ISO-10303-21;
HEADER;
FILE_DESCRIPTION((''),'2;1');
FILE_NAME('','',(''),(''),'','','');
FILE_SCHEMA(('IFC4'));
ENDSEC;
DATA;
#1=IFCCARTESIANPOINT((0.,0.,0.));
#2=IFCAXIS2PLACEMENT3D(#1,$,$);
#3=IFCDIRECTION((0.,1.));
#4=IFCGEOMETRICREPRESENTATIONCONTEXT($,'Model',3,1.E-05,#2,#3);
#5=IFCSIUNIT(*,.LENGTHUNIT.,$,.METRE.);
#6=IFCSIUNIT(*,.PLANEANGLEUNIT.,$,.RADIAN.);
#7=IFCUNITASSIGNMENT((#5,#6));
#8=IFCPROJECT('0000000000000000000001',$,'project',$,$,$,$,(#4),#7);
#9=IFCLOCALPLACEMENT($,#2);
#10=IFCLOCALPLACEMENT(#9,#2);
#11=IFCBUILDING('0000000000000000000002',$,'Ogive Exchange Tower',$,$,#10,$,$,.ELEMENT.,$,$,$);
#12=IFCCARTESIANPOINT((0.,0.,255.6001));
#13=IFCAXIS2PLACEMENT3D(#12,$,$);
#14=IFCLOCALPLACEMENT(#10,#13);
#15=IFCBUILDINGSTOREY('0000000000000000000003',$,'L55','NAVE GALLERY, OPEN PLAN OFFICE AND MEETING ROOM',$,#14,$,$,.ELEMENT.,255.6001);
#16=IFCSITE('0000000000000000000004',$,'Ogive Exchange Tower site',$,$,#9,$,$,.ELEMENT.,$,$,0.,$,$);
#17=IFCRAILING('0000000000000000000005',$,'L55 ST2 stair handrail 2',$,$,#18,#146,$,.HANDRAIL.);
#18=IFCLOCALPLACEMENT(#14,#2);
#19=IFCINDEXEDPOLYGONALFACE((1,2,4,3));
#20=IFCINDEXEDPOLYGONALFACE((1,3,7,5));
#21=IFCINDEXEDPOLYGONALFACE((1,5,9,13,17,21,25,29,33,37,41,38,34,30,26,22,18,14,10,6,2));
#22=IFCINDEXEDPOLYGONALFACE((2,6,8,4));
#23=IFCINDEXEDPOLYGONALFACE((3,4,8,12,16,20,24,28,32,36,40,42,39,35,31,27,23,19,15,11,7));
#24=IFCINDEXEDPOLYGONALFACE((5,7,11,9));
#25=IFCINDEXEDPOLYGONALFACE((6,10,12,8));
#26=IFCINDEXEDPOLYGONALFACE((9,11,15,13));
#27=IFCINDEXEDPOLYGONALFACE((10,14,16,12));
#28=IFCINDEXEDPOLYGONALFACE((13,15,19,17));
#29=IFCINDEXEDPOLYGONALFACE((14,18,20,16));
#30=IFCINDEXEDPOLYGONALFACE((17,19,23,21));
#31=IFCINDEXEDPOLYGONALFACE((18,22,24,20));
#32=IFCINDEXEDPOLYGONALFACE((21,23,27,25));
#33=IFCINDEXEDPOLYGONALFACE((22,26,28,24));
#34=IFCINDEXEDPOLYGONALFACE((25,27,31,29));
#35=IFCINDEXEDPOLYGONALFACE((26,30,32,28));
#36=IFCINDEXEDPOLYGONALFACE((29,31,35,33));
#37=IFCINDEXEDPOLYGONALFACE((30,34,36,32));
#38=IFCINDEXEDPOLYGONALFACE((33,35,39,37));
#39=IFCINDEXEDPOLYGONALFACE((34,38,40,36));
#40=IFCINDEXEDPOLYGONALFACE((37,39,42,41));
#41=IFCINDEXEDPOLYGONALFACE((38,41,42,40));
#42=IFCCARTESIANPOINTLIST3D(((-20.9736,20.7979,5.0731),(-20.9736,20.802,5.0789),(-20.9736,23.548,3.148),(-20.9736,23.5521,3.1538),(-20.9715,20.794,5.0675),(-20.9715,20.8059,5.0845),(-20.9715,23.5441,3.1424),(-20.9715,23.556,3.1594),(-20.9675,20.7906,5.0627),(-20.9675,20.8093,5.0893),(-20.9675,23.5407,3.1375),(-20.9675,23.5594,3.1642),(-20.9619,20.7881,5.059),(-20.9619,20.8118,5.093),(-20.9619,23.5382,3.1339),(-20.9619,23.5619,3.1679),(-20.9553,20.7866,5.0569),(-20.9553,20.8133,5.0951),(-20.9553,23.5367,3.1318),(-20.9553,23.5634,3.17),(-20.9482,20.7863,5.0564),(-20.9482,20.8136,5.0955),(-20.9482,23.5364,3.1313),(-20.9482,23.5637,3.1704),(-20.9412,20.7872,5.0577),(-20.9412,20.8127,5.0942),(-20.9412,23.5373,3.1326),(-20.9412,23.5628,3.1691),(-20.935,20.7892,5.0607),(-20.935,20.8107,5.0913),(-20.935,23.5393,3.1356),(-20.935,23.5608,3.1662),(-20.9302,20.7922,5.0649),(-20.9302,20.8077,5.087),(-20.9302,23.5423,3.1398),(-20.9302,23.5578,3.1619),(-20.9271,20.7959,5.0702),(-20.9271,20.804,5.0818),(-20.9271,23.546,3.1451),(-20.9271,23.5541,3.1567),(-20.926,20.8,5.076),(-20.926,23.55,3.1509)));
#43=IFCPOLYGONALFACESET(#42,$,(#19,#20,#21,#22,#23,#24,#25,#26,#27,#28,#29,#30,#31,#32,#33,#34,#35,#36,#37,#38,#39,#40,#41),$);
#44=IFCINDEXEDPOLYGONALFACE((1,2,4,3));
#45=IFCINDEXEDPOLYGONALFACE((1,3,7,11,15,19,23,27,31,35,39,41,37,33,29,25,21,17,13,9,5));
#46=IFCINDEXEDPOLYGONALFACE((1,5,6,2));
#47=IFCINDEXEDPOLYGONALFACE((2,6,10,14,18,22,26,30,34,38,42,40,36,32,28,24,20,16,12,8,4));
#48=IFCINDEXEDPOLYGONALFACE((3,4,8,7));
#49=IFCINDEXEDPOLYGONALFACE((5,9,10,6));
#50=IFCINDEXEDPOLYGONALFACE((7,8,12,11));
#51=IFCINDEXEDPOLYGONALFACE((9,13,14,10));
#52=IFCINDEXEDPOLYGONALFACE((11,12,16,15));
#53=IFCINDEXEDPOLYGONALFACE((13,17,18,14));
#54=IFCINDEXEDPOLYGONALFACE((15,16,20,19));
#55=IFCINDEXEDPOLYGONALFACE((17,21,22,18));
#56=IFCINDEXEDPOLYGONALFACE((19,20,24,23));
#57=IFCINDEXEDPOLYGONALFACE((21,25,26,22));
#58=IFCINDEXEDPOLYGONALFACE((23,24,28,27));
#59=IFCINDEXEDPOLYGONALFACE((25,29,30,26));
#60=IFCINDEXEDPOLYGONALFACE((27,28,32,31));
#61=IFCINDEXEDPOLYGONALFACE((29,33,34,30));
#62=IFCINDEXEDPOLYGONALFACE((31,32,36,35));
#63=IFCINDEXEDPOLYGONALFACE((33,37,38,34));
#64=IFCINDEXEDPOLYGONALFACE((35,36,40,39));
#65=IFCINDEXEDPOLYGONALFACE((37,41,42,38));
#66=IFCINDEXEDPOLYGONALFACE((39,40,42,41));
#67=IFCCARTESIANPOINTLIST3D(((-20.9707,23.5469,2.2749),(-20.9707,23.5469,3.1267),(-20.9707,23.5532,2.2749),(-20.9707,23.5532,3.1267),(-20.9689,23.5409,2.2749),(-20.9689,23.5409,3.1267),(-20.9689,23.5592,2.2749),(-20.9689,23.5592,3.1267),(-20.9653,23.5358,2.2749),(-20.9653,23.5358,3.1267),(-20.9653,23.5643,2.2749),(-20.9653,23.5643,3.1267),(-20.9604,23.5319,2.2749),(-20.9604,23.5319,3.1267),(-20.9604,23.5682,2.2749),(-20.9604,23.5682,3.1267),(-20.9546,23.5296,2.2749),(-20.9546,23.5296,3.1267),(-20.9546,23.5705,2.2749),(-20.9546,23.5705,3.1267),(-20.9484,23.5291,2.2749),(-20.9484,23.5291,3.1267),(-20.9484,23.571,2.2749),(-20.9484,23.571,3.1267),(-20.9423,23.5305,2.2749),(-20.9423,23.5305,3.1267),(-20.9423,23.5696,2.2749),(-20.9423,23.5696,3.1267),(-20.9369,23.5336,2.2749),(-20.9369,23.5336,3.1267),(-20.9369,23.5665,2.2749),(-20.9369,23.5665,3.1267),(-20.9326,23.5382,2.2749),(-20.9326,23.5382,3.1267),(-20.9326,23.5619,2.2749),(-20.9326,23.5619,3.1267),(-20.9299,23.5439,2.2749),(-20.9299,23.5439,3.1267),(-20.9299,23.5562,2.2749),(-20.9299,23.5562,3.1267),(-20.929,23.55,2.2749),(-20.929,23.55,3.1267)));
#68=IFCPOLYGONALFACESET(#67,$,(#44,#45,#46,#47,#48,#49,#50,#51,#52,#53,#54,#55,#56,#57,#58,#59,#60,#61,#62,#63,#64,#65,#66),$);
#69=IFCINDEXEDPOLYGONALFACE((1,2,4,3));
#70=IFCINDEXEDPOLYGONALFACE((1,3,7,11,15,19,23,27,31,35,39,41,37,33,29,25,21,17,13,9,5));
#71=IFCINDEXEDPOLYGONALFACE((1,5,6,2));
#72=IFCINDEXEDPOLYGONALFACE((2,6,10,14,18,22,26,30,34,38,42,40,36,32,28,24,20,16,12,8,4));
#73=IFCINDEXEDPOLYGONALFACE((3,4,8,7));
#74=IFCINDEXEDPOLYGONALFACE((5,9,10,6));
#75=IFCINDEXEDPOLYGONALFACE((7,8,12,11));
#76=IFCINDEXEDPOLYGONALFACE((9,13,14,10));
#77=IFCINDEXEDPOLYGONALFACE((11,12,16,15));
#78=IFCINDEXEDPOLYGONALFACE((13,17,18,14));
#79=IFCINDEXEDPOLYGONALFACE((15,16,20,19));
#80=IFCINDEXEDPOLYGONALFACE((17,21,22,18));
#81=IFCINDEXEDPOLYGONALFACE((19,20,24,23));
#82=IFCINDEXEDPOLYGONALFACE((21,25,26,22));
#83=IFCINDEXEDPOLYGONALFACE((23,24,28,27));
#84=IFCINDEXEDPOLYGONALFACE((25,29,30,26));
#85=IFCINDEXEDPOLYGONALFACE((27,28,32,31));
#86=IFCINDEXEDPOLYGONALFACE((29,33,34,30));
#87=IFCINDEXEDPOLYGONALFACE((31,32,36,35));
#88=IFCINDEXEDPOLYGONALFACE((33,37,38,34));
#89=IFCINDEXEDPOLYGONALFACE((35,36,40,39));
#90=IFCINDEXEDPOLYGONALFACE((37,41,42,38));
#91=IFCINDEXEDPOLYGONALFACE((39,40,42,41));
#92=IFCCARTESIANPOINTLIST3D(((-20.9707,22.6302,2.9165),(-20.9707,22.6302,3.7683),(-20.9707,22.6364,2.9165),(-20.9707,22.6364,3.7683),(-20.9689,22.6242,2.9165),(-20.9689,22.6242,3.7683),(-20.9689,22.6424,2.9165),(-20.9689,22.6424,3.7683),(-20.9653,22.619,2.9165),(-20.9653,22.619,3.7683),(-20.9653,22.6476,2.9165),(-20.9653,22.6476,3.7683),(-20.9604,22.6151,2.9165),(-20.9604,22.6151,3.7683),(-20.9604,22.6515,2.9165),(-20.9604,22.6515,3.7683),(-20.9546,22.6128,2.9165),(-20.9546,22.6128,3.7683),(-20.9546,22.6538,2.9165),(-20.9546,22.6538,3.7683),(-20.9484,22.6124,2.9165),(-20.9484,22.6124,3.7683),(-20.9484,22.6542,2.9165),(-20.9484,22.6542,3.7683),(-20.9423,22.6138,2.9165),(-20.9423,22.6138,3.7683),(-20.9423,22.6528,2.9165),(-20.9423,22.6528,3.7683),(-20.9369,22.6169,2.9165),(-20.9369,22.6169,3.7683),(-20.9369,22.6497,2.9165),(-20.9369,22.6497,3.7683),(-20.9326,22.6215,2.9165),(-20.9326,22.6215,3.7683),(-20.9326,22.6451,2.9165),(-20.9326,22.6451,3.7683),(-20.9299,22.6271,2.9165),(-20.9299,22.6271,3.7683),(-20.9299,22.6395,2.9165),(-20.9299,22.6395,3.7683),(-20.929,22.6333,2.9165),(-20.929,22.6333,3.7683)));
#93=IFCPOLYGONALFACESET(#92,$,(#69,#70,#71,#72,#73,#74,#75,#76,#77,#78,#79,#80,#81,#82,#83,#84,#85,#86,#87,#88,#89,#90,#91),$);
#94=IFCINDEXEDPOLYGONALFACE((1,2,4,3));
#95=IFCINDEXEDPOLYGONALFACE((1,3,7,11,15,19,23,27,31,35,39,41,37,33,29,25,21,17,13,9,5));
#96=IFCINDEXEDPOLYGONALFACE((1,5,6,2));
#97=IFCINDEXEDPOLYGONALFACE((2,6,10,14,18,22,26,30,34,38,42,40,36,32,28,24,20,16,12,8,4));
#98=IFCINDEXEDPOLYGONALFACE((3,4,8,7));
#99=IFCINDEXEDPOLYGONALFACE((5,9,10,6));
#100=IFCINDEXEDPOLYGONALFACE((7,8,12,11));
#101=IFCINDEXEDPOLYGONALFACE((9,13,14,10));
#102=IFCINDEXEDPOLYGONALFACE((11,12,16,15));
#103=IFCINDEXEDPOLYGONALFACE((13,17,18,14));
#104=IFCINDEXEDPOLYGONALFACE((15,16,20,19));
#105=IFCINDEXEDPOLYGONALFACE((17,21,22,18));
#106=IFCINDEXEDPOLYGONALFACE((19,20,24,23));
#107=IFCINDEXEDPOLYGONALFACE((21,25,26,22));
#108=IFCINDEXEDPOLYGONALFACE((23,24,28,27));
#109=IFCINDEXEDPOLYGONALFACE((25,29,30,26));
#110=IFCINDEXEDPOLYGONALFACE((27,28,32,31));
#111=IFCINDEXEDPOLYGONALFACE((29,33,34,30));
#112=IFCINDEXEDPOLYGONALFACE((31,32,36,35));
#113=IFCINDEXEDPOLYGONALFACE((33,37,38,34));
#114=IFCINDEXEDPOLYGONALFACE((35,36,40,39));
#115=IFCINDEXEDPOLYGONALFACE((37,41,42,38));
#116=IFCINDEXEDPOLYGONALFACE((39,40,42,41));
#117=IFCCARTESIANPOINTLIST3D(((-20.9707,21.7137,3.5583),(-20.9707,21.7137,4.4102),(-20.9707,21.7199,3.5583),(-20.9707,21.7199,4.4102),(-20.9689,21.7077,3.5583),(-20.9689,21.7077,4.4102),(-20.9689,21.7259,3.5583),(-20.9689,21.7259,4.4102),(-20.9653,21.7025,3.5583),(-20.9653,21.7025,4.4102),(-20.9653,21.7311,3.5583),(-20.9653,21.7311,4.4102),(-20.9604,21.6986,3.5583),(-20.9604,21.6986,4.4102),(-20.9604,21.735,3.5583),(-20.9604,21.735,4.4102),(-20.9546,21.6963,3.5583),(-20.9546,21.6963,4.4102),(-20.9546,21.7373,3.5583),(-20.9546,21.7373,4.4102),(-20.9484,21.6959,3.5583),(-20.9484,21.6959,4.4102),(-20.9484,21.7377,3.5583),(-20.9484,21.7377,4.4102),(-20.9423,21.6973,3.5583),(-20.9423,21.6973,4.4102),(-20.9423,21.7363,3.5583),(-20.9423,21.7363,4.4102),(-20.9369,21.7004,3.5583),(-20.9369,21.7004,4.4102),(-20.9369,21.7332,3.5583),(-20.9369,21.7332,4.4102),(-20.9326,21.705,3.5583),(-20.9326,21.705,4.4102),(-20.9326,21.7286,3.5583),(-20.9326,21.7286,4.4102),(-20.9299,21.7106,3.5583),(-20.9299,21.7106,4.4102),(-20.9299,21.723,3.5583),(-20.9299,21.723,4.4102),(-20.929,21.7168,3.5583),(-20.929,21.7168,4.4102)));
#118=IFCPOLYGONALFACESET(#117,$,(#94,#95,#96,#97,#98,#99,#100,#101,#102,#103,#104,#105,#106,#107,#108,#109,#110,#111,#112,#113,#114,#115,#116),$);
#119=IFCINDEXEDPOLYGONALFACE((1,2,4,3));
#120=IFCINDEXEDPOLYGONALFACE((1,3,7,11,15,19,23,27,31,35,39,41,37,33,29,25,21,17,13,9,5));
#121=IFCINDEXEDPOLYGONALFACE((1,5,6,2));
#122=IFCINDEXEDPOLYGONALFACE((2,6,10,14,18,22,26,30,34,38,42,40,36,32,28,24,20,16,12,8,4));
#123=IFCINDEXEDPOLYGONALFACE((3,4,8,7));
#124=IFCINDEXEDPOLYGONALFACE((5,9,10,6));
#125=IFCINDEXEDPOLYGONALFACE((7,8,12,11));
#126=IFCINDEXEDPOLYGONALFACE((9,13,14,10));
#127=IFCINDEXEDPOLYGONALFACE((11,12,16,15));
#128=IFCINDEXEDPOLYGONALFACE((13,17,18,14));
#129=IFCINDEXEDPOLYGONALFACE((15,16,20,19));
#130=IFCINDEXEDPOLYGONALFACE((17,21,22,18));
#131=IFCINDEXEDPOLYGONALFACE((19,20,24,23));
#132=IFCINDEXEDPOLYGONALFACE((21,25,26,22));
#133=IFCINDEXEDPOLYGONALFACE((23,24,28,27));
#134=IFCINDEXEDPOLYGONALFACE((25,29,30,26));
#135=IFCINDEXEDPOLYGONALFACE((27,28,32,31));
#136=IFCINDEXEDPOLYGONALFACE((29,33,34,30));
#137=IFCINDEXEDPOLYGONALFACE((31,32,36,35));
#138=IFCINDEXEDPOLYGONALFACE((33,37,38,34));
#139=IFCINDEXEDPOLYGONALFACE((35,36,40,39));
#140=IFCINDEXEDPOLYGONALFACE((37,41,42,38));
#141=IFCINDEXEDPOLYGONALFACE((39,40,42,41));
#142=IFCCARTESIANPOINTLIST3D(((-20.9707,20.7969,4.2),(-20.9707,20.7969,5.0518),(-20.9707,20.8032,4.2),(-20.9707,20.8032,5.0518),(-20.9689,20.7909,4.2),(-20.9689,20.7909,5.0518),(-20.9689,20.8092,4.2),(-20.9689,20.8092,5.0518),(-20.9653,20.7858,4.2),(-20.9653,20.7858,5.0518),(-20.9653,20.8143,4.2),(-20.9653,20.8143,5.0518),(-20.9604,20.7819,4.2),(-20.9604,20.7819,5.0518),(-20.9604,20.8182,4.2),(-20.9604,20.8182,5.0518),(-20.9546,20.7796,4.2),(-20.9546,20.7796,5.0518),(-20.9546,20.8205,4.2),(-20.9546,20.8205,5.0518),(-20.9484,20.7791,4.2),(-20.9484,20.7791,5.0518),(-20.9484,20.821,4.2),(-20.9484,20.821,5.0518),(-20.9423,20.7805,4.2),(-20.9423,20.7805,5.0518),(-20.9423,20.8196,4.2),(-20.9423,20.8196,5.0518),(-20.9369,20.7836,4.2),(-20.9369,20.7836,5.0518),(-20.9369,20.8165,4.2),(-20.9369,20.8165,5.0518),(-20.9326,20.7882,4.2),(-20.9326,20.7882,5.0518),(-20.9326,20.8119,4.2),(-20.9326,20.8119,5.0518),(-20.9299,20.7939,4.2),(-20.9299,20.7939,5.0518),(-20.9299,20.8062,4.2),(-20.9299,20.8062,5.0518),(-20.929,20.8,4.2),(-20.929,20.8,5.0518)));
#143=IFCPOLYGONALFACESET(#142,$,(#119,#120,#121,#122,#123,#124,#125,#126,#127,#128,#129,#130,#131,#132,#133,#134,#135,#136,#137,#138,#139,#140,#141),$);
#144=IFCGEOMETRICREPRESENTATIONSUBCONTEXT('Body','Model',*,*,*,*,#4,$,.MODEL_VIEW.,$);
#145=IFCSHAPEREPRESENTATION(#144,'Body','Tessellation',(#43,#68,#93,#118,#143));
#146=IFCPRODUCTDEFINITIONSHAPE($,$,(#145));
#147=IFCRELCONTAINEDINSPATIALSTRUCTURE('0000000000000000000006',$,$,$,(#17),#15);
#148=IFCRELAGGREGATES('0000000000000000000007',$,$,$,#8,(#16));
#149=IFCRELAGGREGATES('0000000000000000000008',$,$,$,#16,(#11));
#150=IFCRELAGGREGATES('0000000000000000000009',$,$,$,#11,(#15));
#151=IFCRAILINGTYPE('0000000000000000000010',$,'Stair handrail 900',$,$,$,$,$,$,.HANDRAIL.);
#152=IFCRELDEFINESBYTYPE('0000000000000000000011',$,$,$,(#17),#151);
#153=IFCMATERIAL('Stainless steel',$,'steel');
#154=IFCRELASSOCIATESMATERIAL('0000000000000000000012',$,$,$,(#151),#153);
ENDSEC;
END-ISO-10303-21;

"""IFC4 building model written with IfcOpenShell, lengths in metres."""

from ifc_helpers import new_model, si_unit, direction, frame, origin, origin_2d, place, context, subcontext, project, spatial, circle, extrude, material, type_object, element, save


model = new_model("IFC4")

# Units and contexts
model_context = context("Model", 3, precision=1e-05, world=origin(), true_north=direction((0.0, 1.0)))
body_context = subcontext(model_context, "Body", "Model", "MODEL_VIEW")
ifc_project = project(units=[si_unit("LENGTHUNIT", "METRE"), si_unit("PLANEANGLEUNIT", "RADIAN")], contexts=[model_context])

# Site, building, storey
site_placement = place(None, origin())
site = spatial("IfcSite", under=ifc_project, at=site_placement, Name="Ogive Exchange Tower site", CompositionType="ELEMENT", RefElevation=0.0)
building_placement = place(site_placement, origin())
building = spatial("IfcBuilding", under=site, at=building_placement, Name="Ogive Exchange Tower", CompositionType="ELEMENT")
storey_placement = place(building_placement, frame((0.0, 0.0, 255.6001)))
storey = spatial("IfcBuildingStorey", under=building, at=storey_placement, Name="L55", Description="NAVE GALLERY, OPEN PLAN OFFICE AND MEETING ROOM", CompositionType="ELEMENT", Elevation=255.6001)

# Railing
ifc_material_1 = material(Name="Stainless steel", Category="steel")
railing_type = type_object("IfcRailingType", Name="Stair handrail 900", PredefinedType="HANDRAIL", material=ifc_material_1)
railing_placement = place(storey_placement, frame((-20.95, 23.55, 2.2749)))
element("IfcRailing", 1, at=railing_placement, inside=storey, type_object=railing_type, Name="L55 ST2 stair handrail 2", PredefinedType="HANDRAIL", context=body_context, shape_type="SweptSolid", body=[
    extrude(circle(Radius=0.0239, at=origin_2d()), frame((0.0, 0.0, 0.876), z_axis=(0.0, -0.819225, 0.573472), x_axis=(1.0, 0.0, 0.0)), (0.0, 0.0, 1.0), 3.3569),
    extrude(circle(Radius=0.021, at=origin_2d()), origin(), (0.0, 0.0, 1.0), 0.8518),
    extrude(circle(Radius=0.021, at=origin_2d()), frame((0.0, -0.9167, 0.6416)), (0.0, 0.0, 1.0), 0.8518),
    extrude(circle(Radius=0.021, at=origin_2d()), frame((0.0, -1.8333, 1.2834)), (0.0, 0.0, 1.0), 0.8518),
    extrude(circle(Radius=0.021, at=origin_2d()), frame((0.0, -2.75, 1.925)), (0.0, 0.0, 1.0), 0.8518),
])

save(model, "model.ifc")
